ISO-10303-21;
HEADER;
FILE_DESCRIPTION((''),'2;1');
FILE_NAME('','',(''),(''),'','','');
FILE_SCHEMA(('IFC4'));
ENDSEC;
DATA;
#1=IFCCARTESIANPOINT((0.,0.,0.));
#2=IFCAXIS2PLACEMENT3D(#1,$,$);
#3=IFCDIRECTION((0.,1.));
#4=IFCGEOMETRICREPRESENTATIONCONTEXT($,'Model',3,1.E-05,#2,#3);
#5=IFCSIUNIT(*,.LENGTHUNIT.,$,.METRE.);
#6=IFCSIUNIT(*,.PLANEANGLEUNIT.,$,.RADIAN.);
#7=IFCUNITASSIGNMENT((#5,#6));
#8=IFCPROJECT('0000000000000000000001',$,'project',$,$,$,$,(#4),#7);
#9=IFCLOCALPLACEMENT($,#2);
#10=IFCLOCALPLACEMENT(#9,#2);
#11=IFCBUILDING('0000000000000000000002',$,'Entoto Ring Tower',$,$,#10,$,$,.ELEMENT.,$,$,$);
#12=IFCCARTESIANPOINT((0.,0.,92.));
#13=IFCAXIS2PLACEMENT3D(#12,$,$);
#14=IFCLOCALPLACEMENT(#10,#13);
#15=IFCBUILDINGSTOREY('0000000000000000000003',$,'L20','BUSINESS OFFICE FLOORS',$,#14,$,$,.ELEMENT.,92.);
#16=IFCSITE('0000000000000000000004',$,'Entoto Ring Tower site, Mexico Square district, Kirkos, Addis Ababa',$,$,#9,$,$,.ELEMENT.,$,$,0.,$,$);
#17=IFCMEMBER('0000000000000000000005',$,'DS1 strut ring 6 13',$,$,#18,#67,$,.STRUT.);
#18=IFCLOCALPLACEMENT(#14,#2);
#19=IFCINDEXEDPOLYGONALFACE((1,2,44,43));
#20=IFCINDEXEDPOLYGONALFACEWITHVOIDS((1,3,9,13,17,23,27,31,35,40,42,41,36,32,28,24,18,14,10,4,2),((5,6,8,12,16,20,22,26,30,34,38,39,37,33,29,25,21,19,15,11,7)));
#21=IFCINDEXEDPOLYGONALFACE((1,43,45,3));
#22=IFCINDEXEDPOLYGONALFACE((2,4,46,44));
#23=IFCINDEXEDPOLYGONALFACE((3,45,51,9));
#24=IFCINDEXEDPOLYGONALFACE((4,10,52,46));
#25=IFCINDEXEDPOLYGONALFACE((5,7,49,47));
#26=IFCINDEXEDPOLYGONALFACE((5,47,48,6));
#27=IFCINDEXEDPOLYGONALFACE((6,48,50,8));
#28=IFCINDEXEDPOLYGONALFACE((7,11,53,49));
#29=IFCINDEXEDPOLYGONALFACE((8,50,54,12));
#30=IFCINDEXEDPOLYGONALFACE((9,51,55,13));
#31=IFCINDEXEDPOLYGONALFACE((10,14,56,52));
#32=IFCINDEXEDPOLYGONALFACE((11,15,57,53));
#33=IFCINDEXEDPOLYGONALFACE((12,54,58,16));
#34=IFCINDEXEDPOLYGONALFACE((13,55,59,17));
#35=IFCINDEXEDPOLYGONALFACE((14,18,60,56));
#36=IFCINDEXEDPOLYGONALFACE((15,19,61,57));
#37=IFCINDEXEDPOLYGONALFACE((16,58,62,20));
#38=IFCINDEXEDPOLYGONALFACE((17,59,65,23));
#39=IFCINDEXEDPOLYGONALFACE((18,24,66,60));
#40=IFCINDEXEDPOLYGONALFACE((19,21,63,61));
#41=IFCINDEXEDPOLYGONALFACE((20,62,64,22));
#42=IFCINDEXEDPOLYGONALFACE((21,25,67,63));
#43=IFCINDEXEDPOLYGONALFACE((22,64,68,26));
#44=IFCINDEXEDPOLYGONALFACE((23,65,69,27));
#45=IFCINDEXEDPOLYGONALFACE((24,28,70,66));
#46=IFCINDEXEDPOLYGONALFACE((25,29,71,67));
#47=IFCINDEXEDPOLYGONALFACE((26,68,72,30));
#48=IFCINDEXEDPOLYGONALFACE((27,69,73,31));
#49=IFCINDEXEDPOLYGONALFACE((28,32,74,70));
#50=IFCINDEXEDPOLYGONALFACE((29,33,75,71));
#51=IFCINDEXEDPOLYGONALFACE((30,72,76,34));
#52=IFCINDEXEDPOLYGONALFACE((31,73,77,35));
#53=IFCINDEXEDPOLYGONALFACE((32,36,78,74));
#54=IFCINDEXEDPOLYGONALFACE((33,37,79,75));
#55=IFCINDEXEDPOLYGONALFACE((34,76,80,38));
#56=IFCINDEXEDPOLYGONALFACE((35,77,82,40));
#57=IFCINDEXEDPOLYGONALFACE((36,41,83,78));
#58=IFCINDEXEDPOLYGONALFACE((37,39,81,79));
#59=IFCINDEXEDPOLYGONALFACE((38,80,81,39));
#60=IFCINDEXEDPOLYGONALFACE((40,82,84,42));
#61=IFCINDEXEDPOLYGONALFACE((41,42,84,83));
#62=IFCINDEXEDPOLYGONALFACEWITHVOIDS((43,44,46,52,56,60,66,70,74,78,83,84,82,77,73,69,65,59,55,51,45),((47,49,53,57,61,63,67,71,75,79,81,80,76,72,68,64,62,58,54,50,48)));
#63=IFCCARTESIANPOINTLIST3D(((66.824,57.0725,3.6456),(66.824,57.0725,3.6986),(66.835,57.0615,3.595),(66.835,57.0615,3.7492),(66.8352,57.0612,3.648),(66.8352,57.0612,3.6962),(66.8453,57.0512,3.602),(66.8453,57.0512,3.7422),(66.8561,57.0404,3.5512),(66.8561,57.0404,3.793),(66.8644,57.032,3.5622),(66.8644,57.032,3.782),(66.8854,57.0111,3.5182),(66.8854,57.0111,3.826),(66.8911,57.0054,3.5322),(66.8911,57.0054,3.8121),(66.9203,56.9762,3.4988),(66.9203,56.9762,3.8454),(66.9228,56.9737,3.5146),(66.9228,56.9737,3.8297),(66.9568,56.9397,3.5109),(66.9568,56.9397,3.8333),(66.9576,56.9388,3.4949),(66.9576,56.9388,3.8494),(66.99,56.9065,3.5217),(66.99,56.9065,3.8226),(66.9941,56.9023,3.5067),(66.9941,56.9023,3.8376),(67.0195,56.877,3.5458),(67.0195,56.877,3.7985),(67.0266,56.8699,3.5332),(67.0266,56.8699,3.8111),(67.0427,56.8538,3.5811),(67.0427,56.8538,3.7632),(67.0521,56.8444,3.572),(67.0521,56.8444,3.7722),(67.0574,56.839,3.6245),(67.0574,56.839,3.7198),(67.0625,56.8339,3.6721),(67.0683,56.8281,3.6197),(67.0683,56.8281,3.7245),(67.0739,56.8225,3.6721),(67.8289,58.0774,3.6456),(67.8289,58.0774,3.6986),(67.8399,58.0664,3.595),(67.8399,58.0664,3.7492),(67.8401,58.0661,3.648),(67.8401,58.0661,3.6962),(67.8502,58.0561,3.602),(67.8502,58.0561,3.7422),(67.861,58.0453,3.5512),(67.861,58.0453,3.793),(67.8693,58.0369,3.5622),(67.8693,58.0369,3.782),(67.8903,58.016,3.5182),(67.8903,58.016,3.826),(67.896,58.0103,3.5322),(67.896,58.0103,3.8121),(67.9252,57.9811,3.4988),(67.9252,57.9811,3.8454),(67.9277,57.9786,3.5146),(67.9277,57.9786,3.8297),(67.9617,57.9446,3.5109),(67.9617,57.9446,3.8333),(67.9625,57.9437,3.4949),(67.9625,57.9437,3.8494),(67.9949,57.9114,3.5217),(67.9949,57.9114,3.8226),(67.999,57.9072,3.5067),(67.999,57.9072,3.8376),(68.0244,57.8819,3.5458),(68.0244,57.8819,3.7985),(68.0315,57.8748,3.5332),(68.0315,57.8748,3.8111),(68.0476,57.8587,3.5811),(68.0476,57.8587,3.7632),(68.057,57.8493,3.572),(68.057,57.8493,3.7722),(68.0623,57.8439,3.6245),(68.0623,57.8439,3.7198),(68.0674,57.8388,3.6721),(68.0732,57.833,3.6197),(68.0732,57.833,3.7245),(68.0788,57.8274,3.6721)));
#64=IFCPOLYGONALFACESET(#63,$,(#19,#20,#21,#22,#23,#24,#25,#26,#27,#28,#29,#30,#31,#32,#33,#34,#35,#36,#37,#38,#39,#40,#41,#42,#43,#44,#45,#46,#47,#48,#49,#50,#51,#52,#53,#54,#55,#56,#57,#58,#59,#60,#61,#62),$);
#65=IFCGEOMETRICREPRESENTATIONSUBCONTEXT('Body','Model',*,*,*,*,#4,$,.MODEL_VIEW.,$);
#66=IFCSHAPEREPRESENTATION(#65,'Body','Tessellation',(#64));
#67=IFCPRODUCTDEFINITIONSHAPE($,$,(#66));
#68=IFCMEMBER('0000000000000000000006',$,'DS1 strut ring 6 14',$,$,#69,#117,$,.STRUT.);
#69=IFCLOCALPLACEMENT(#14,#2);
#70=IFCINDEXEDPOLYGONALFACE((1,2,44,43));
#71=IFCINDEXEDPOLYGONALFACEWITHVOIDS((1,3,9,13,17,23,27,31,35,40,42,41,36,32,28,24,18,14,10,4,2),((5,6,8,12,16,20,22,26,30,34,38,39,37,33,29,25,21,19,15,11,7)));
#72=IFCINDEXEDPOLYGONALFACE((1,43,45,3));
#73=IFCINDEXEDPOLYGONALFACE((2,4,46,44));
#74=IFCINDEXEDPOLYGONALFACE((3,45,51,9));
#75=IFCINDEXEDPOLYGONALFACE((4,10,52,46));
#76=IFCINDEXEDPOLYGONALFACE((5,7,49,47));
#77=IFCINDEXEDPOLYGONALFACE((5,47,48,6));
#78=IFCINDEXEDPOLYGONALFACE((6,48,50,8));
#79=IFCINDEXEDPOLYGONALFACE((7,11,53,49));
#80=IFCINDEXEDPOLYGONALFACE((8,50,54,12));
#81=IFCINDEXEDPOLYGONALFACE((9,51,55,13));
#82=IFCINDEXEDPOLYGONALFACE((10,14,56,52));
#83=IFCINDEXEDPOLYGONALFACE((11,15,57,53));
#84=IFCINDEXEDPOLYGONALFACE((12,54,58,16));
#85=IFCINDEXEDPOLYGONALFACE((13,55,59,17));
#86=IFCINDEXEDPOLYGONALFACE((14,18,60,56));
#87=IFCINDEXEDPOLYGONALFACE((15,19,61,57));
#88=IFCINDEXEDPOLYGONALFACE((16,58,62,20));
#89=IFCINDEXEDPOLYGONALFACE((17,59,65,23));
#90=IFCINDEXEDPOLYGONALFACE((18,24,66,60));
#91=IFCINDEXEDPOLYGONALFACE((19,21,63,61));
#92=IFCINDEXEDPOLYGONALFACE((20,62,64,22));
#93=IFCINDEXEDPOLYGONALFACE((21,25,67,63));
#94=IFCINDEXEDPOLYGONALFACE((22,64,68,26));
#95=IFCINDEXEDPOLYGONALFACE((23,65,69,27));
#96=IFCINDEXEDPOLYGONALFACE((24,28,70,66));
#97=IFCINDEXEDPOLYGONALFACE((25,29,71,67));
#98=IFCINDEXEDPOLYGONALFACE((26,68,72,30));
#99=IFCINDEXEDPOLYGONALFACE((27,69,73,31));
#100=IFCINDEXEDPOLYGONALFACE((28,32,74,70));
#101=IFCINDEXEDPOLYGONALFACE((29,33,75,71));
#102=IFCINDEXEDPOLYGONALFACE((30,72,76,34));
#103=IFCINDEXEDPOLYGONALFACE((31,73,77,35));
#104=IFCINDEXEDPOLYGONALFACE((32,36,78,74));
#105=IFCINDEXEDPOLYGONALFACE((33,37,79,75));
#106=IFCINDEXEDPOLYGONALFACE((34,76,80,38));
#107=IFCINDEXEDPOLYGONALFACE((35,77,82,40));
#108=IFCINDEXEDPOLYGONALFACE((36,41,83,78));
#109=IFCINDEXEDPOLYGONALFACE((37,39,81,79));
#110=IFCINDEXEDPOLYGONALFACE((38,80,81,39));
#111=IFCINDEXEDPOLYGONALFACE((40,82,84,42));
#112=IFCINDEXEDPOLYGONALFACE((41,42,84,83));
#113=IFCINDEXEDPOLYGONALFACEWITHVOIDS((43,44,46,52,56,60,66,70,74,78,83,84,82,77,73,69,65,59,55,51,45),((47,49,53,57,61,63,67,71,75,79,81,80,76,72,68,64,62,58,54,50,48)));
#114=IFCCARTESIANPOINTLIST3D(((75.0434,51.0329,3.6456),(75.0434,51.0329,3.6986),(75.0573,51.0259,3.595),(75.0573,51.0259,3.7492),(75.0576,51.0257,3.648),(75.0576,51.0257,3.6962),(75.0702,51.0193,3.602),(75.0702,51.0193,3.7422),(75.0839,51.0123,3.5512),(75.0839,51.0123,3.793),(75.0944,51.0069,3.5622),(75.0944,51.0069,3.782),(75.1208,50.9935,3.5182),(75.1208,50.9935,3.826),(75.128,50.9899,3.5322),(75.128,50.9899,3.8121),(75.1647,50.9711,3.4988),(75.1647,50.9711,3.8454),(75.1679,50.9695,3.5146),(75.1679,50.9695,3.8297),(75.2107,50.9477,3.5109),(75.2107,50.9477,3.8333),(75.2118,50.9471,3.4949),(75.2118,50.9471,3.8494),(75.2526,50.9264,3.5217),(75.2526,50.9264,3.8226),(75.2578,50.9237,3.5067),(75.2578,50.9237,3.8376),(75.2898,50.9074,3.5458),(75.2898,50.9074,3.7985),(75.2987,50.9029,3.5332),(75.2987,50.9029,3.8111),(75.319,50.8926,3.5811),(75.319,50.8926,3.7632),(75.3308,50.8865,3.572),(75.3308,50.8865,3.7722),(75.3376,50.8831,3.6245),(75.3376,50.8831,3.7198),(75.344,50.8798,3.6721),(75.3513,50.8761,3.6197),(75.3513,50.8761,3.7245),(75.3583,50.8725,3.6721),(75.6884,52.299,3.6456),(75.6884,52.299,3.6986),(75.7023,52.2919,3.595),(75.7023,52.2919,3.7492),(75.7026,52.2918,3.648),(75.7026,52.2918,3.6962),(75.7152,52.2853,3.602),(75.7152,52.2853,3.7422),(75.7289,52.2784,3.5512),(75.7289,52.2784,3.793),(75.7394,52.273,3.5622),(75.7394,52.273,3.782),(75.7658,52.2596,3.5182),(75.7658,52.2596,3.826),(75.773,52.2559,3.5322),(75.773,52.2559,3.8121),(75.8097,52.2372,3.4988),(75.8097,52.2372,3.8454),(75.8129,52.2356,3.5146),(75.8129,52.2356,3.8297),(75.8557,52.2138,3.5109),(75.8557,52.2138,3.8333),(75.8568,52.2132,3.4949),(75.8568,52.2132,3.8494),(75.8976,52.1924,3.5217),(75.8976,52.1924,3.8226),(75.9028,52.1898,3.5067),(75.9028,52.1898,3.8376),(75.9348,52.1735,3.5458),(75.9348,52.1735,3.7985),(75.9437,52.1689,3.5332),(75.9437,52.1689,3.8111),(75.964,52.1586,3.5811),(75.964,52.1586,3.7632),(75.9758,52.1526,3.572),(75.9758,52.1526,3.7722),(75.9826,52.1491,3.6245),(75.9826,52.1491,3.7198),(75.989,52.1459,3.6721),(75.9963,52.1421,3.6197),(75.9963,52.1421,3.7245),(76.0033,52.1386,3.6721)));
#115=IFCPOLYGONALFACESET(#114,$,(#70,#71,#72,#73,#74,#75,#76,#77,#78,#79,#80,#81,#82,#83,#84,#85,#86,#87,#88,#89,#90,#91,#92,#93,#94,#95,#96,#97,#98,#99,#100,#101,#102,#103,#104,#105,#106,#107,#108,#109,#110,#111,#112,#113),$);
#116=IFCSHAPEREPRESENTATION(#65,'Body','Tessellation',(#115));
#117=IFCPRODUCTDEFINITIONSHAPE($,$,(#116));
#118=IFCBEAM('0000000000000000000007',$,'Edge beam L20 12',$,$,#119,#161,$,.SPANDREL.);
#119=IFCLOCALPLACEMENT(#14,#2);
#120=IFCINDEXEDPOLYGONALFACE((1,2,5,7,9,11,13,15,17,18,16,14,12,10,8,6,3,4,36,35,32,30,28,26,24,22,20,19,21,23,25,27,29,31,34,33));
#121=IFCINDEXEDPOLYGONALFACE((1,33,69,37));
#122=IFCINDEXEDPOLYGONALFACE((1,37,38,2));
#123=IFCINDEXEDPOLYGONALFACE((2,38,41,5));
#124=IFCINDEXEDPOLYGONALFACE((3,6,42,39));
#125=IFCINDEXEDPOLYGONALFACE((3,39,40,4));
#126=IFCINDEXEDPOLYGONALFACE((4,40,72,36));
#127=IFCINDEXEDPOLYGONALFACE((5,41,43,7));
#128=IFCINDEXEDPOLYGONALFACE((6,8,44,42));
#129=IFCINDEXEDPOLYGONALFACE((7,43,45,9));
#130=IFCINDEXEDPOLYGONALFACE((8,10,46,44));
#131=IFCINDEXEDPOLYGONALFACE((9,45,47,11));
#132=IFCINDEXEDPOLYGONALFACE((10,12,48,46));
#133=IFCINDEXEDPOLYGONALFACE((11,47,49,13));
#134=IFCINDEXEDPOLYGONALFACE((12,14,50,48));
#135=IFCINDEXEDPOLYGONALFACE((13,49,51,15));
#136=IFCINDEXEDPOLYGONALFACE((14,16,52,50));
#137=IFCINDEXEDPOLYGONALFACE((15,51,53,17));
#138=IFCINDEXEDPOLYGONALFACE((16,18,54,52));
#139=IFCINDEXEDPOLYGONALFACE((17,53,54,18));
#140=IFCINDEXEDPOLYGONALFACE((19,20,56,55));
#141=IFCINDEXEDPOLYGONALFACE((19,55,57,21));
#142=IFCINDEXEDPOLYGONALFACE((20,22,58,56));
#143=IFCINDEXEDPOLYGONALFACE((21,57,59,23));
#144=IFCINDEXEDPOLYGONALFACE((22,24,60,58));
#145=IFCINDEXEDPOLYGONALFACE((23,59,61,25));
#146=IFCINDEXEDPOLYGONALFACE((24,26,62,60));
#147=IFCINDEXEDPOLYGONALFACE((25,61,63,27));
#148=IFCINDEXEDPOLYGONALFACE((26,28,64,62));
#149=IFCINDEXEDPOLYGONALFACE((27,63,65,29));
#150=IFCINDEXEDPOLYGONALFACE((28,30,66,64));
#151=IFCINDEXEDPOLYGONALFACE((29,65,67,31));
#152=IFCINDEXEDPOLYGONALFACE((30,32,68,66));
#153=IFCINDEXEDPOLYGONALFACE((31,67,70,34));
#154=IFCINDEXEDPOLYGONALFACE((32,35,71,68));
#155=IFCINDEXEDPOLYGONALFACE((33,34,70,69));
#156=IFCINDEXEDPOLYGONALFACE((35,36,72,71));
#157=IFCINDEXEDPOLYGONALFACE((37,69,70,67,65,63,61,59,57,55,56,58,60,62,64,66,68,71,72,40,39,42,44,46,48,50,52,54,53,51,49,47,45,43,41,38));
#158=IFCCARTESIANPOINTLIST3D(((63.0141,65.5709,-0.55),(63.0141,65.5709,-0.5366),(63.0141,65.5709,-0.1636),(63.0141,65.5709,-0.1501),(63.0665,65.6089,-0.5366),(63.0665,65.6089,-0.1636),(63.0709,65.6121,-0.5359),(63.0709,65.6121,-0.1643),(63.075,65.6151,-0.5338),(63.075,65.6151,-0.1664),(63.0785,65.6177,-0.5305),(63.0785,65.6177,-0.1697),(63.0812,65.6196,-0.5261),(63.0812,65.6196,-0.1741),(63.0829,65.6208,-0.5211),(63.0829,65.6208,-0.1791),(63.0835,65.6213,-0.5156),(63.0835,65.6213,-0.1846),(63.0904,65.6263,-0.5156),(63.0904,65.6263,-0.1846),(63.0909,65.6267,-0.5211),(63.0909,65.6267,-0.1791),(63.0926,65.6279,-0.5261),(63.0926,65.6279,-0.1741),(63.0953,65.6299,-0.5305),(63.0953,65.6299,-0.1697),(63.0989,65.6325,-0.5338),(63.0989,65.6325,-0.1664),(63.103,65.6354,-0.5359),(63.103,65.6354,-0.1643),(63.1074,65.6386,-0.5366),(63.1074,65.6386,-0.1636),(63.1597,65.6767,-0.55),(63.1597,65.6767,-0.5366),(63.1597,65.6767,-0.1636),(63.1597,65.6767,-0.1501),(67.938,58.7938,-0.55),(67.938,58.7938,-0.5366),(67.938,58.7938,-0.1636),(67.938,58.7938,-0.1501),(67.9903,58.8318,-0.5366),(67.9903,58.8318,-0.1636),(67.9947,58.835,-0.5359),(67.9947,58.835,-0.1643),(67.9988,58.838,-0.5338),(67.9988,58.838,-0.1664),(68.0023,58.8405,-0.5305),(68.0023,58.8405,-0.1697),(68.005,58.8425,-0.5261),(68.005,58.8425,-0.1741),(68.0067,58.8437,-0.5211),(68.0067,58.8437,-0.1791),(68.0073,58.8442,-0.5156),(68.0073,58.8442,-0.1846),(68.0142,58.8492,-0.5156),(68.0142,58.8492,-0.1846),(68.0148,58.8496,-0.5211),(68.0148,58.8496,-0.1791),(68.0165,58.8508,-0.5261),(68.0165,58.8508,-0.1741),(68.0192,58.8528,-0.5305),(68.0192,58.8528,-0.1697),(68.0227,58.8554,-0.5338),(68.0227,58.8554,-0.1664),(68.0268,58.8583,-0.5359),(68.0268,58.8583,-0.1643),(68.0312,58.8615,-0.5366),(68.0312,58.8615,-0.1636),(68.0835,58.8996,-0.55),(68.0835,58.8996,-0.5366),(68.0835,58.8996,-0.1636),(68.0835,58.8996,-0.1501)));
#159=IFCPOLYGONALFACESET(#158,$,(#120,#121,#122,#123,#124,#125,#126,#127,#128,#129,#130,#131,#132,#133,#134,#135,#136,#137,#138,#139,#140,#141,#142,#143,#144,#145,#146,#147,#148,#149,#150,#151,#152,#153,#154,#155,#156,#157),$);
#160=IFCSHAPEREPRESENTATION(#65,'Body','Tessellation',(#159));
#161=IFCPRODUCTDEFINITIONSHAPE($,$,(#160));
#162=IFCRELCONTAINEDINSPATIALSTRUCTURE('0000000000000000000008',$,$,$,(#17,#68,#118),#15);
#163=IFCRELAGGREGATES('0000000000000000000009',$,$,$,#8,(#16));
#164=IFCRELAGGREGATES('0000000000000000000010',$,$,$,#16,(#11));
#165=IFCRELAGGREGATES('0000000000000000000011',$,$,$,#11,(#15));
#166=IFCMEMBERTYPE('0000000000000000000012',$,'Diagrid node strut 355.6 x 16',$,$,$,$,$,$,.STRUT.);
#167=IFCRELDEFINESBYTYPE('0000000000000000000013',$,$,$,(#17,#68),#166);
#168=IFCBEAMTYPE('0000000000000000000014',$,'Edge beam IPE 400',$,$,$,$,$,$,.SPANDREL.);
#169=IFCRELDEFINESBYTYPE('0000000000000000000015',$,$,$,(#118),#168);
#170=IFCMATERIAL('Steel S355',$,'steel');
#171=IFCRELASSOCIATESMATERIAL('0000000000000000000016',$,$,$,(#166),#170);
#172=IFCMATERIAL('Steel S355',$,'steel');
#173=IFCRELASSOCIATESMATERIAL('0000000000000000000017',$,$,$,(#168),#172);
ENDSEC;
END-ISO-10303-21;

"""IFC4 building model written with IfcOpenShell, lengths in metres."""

from ifc_helpers import new_model, si_unit, direction, frame, origin, origin_2d, place, context, subcontext, project, spatial, circle, hollow_circle, i_section, extrude, material, material_profile, profile_set, type_object, element, save


model = new_model("IFC4")

# Units and contexts
model_context = context("Model", 3, precision=1e-05, world=origin(), true_north=direction((0.0, 1.0)))
body_context = subcontext(model_context, "Body", "Model", "MODEL_VIEW")
ifc_project = project(units=[si_unit("LENGTHUNIT", "METRE"), si_unit("PLANEANGLEUNIT", "RADIAN")], contexts=[model_context])

# Site, building, storey
site_placement = place(None, origin())
site = spatial("IfcSite", under=ifc_project, at=site_placement, Name="Entoto Ring Tower site, Mexico Square district, Kirkos, Addis Ababa", CompositionType="ELEMENT", RefElevation=0.0)
building_placement = place(site_placement, origin())
building = spatial("IfcBuilding", under=site, at=building_placement, Name="Entoto Ring Tower", CompositionType="ELEMENT")
storey_placement = place(building_placement, frame((0.0, 0.0, 92.0)))
storey = spatial("IfcBuildingStorey", under=building, at=storey_placement, Name="L20", Description="BUSINESS OFFICE FLOORS", CompositionType="ELEMENT", Elevation=92.0)

# Members
ifc_material_1 = material(Name="Steel S355", Category="steel")
ifc_material_profile_1 = material_profile(ifc_material_1, hollow_circle(Radius=0.1777, WallThickness=0.0161, at=origin_2d()), Name="CHS 355.6 x 16")
ifc_material_2 = material(Name="Concrete C60/75", Category="concrete")
ifc_material_profile_2 = material_profile(ifc_material_2, circle(Radius=0.1619, at=origin_2d()), Name="Concrete C60/75 infill")
ifc_profile_set_1 = profile_set([ifc_material_profile_1, ifc_material_profile_2], Name="Steel S355")
member_type = type_object("IfcMemberType", Name="Diagrid node strut 355.6 x 16", PredefinedType="STRUT", material=ifc_profile_set_1)
member_1_placement = place(storey_placement, frame((67.9531, 57.9531, 3.6721), z_axis=(-0.707107, -0.707107, 0.0), x_axis=(0.707107, -0.707107, 0.0)))
element("IfcMember", 1, at=member_1_placement, inside=storey, type_object=member_type, Name="DS1 strut ring 6 13", PredefinedType="STRUT", context=body_context, shape_type="SweptSolid", body=[
    extrude(hollow_circle(Radius=0.1777, WallThickness=0.0161, at=origin_2d()), origin(), (0.0, 0.0, 1.0), 1.4211),
])
member_2_placement = place(storey_placement, frame((75.845, 52.2192, 3.6721), z_axis=(-0.453936, -0.891034, 0.0), x_axis=(0.891034, -0.453936, 0.0)))
element("IfcMember", 2, at=member_2_placement, inside=storey, type_object=member_type, Name="DS1 strut ring 6 14", PredefinedType="STRUT", context=body_context, shape_type="SweptSolid", body=[
    extrude(hollow_circle(Radius=0.1777, WallThickness=0.0161, at=origin_2d()), origin(), (0.0, 0.0, 1.0), 1.4209),
])

# Beam
ifc_material_3 = material(Name="Steel S355", Category="steel")
ifc_material_profile_3 = material_profile(ifc_material_3, i_section(OverallWidth=0.1799, OverallDepth=0.3999, WebThickness=0.0085, FlangeThickness=0.0134, FilletRadius=0.021, at=origin_2d()), Name="IPE 400")
ifc_profile_set_2 = profile_set([ifc_material_profile_3], Name="Steel S355")
beam_type_1 = type_object("IfcBeamType", Name="Edge beam IPE 400", PredefinedType="SPANDREL", material=ifc_profile_set_2)
for number, where, z_axis, x_axis, name in (
    (3, (63.0869, 65.6238, -0.3501), (0.587783, -0.809018, 0.0), (0.809018, 0.587783, 0.0), "Edge beam L20 12"),
):
    element("IfcBeam", number, at=place(storey_placement, frame(where, z_axis=z_axis, x_axis=x_axis)), inside=storey, type_object=beam_type_1, Name=name, PredefinedType="SPANDREL", context=body_context, shape_type="SweptSolid", body=[
        extrude(i_section(OverallWidth=0.1799, OverallDepth=0.3999, WebThickness=0.0085, FlangeThickness=0.0134, FilletRadius=0.021, at=origin_2d()), origin(), (0.0, 0.0, 1.0), 8.377),
    ])

save(model, "model.ifc")
